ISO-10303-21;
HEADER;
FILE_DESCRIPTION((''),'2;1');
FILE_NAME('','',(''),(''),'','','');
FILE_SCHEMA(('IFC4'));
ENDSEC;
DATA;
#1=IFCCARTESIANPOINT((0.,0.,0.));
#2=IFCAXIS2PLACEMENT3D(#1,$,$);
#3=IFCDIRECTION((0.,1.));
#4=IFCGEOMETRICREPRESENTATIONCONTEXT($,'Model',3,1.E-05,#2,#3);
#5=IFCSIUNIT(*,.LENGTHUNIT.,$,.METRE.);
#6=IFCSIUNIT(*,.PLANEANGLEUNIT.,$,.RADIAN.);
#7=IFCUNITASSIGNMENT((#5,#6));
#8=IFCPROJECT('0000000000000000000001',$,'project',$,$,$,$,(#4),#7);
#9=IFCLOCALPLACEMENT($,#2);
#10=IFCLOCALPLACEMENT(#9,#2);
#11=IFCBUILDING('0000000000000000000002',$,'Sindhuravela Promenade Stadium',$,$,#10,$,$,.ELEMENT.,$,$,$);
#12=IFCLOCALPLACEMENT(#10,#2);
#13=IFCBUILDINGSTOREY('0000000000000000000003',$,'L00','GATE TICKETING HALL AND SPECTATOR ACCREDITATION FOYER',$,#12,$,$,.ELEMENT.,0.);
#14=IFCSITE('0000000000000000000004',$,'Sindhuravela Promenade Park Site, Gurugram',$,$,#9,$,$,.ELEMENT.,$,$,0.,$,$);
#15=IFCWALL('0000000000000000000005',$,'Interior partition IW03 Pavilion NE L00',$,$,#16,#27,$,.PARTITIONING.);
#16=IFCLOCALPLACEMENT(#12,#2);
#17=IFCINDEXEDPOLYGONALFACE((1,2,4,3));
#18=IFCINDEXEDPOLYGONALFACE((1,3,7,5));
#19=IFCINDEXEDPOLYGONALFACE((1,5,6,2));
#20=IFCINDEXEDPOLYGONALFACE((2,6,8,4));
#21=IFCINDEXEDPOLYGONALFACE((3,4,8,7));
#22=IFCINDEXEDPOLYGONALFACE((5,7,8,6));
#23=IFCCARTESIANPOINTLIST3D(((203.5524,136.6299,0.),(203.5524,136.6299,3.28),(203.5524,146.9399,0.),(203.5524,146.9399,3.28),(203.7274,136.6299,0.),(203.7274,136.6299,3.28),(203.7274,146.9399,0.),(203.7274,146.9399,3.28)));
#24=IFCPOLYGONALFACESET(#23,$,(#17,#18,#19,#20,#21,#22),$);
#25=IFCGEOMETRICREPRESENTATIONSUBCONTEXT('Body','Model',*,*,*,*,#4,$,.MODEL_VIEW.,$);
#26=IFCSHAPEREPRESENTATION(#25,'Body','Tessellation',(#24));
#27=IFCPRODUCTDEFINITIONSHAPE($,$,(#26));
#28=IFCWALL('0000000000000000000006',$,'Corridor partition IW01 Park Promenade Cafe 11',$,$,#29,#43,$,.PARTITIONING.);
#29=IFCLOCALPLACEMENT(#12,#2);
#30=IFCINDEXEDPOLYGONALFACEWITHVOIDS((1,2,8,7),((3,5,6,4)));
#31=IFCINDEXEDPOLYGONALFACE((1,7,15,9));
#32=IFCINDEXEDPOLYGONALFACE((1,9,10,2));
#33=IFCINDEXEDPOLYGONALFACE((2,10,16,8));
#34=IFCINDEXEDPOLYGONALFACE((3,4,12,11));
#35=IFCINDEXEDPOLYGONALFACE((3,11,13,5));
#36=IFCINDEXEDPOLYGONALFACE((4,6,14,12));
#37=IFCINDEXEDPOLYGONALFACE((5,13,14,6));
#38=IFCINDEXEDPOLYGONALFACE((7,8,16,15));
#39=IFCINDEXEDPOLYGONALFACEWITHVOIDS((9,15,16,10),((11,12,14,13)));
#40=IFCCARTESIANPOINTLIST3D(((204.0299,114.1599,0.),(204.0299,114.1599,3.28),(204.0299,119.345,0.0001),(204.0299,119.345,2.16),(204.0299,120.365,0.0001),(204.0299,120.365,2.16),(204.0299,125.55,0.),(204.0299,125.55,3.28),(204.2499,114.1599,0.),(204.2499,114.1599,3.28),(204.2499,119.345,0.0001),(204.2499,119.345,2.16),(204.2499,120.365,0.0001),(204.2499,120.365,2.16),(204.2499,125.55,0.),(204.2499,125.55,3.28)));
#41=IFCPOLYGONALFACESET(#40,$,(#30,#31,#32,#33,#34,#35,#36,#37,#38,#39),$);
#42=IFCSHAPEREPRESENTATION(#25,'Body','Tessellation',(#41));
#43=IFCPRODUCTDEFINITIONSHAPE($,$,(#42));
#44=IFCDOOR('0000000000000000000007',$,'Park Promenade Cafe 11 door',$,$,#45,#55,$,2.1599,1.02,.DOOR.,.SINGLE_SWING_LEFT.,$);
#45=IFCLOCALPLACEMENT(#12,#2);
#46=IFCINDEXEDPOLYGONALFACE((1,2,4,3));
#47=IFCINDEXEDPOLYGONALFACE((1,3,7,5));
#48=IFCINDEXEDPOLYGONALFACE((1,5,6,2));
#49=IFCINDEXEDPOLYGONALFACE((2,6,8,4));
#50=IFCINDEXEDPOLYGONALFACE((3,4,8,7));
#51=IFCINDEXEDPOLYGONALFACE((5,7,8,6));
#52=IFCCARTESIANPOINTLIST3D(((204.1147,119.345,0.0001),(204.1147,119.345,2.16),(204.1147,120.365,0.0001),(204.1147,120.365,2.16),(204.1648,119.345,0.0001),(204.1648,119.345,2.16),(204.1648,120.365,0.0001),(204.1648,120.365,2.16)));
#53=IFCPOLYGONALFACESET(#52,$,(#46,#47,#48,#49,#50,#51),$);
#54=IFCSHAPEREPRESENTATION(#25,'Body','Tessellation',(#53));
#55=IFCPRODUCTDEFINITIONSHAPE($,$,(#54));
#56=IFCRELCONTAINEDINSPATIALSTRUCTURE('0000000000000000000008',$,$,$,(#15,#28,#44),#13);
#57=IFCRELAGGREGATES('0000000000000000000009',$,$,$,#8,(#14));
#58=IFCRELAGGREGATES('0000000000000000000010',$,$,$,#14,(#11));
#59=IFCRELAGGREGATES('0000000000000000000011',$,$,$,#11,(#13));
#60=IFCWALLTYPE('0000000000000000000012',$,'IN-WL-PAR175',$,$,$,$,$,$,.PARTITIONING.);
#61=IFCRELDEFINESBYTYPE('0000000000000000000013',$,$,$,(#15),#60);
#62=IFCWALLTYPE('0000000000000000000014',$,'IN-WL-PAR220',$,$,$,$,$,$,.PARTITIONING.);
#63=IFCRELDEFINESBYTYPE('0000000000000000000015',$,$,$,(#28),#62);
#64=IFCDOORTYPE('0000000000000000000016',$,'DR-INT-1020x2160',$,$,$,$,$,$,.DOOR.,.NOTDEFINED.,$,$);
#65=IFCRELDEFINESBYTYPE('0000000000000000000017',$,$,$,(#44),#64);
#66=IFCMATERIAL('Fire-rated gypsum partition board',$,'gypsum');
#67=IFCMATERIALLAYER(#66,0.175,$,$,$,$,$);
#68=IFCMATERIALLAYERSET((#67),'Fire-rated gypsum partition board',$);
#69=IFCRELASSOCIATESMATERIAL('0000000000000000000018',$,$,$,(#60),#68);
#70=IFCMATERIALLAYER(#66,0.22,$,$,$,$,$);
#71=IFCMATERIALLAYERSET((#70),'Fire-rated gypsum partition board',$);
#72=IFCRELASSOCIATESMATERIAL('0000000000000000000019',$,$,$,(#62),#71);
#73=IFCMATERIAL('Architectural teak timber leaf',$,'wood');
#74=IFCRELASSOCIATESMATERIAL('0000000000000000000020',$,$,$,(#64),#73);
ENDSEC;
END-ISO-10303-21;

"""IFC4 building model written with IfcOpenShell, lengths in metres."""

from ifc_helpers import new_model, si_unit, direction, frame, frame_2d, origin, place, context, subcontext, project, spatial, rectangle, extrude, material, layer, layer_set, type_object, element, fill, save


model = new_model("IFC4")

# Units and contexts
model_context = context("Model", 3, precision=1e-05, world=origin(), true_north=direction((0.0, 1.0)))
body_context = subcontext(model_context, "Body", "Model", "MODEL_VIEW")
ifc_project = project(units=[si_unit("LENGTHUNIT", "METRE"), si_unit("PLANEANGLEUNIT", "RADIAN")], contexts=[model_context])

# Site, building, storey
site_placement = place(None, origin())
site = spatial("IfcSite", under=ifc_project, at=site_placement, Name="Sindhuravela Promenade Park Site, Gurugram", CompositionType="ELEMENT", RefElevation=0.0)
building_placement = place(site_placement, origin())
building = spatial("IfcBuilding", under=site, at=building_placement, Name="Sindhuravela Promenade Stadium", CompositionType="ELEMENT")
storey_placement = place(building_placement, origin())
storey = spatial("IfcBuildingStorey", under=building, at=storey_placement, Name="L00", Description="GATE TICKETING HALL AND SPECTATOR ACCREDITATION FOYER", CompositionType="ELEMENT", Elevation=0.0)

# Shared definitions
ifc_material_1 = material(Name="Fire-rated gypsum partition board", Category="gypsum")
ifc_material_2 = material(Name="Architectural teak timber leaf", Category="wood")

# Wall
ifc_layer_1 = layer(ifc_material_1, 0.175)
ifc_layer_set_1 = layer_set([ifc_layer_1], Name="Fire-rated gypsum partition board")
wall_type_1 = type_object("IfcWallType", Name="IN-WL-PAR175", PredefinedType="PARTITIONING", material=ifc_layer_set_1)
wall_1_placement = place(storey_placement, frame((203.6399, 136.6299, 0.0), z_axis=(0.0, 0.0, 1.0), x_axis=(0.0, 1.0, 0.0)))
element("IfcWall", 1, at=wall_1_placement, inside=storey, type_object=wall_type_1, Name="Interior partition IW03 Pavilion NE L00", PredefinedType="PARTITIONING", context=body_context, shape_type="SweptSolid", body=[
    extrude(rectangle(XDim=10.3101, YDim=0.175, at=frame_2d((5.155, 0.0))), origin(), (0.0, 0.0, 1.0), 3.28),
])

# Wall, opening, door
ifc_layer_2 = layer(ifc_material_1, 0.22)
ifc_layer_set_2 = layer_set([ifc_layer_2], Name="Fire-rated gypsum partition board")
wall_type_2 = type_object("IfcWallType", Name="IN-WL-PAR220", PredefinedType="PARTITIONING", material=ifc_layer_set_2)
wall_2_placement = place(storey_placement, frame((204.1399, 125.55, 0.0), z_axis=(0.0, 0.0, 1.0), x_axis=(0.0, -1.0, 0.0)))
wall_2 = element("IfcWall", 2, at=wall_2_placement, inside=storey, type_object=wall_type_2, Name="Corridor partition IW01 Park Promenade Cafe 11", PredefinedType="PARTITIONING", context=body_context, shape_type="SweptSolid", body=[
    extrude(rectangle(XDim=11.3901, YDim=0.22, at=frame_2d((5.6951, 0.0))), origin(), (0.0, 0.0, 1.0), 3.28),
])
opening_1_placement = place(wall_2_placement, frame((5.1851, 0.0, 0.0)))
opening_1 = element("IfcOpeningElement", 3, at=opening_1_placement, cuts=wall_2, PredefinedType="OPENING", context=body_context, shape_type="SweptSolid", body=[
    extrude(rectangle(XDim=1.02, YDim=2.1599, at=frame_2d((0.51, 1.0801))), frame((0.0, 0.1199, 0.0), z_axis=(0.0, -1.0, 0.0), x_axis=(1.0, 0.0, 0.0)), (0.0, 0.0, 1.0), 0.24),
])
door_type_1 = type_object("IfcDoorType", Name="DR-INT-1020x2160", OperationType="NOTDEFINED", PredefinedType="DOOR", material=ifc_material_2)
door_1_placement = place(opening_1_placement, origin())
door_1 = element("IfcDoor", 4, at=door_1_placement, inside=storey, type_object=door_type_1, Name="Park Promenade Cafe 11 door", OperationType="SINGLE_SWING_LEFT", OverallHeight=2.1599, OverallWidth=1.02, PredefinedType="DOOR", context=body_context, shape_type="SweptSolid", body=[
    extrude(rectangle(XDim=1.02, YDim=2.1599, at=frame_2d((0.51, 1.0801))), frame((0.0, 0.0249, 0.0), z_axis=(0.0, -1.0, 0.0), x_axis=(1.0, 0.0, 0.0)), (0.0, 0.0, 1.0), 0.05),
])
fill(opening_1, door_1)

save(model, "model.ifc")
